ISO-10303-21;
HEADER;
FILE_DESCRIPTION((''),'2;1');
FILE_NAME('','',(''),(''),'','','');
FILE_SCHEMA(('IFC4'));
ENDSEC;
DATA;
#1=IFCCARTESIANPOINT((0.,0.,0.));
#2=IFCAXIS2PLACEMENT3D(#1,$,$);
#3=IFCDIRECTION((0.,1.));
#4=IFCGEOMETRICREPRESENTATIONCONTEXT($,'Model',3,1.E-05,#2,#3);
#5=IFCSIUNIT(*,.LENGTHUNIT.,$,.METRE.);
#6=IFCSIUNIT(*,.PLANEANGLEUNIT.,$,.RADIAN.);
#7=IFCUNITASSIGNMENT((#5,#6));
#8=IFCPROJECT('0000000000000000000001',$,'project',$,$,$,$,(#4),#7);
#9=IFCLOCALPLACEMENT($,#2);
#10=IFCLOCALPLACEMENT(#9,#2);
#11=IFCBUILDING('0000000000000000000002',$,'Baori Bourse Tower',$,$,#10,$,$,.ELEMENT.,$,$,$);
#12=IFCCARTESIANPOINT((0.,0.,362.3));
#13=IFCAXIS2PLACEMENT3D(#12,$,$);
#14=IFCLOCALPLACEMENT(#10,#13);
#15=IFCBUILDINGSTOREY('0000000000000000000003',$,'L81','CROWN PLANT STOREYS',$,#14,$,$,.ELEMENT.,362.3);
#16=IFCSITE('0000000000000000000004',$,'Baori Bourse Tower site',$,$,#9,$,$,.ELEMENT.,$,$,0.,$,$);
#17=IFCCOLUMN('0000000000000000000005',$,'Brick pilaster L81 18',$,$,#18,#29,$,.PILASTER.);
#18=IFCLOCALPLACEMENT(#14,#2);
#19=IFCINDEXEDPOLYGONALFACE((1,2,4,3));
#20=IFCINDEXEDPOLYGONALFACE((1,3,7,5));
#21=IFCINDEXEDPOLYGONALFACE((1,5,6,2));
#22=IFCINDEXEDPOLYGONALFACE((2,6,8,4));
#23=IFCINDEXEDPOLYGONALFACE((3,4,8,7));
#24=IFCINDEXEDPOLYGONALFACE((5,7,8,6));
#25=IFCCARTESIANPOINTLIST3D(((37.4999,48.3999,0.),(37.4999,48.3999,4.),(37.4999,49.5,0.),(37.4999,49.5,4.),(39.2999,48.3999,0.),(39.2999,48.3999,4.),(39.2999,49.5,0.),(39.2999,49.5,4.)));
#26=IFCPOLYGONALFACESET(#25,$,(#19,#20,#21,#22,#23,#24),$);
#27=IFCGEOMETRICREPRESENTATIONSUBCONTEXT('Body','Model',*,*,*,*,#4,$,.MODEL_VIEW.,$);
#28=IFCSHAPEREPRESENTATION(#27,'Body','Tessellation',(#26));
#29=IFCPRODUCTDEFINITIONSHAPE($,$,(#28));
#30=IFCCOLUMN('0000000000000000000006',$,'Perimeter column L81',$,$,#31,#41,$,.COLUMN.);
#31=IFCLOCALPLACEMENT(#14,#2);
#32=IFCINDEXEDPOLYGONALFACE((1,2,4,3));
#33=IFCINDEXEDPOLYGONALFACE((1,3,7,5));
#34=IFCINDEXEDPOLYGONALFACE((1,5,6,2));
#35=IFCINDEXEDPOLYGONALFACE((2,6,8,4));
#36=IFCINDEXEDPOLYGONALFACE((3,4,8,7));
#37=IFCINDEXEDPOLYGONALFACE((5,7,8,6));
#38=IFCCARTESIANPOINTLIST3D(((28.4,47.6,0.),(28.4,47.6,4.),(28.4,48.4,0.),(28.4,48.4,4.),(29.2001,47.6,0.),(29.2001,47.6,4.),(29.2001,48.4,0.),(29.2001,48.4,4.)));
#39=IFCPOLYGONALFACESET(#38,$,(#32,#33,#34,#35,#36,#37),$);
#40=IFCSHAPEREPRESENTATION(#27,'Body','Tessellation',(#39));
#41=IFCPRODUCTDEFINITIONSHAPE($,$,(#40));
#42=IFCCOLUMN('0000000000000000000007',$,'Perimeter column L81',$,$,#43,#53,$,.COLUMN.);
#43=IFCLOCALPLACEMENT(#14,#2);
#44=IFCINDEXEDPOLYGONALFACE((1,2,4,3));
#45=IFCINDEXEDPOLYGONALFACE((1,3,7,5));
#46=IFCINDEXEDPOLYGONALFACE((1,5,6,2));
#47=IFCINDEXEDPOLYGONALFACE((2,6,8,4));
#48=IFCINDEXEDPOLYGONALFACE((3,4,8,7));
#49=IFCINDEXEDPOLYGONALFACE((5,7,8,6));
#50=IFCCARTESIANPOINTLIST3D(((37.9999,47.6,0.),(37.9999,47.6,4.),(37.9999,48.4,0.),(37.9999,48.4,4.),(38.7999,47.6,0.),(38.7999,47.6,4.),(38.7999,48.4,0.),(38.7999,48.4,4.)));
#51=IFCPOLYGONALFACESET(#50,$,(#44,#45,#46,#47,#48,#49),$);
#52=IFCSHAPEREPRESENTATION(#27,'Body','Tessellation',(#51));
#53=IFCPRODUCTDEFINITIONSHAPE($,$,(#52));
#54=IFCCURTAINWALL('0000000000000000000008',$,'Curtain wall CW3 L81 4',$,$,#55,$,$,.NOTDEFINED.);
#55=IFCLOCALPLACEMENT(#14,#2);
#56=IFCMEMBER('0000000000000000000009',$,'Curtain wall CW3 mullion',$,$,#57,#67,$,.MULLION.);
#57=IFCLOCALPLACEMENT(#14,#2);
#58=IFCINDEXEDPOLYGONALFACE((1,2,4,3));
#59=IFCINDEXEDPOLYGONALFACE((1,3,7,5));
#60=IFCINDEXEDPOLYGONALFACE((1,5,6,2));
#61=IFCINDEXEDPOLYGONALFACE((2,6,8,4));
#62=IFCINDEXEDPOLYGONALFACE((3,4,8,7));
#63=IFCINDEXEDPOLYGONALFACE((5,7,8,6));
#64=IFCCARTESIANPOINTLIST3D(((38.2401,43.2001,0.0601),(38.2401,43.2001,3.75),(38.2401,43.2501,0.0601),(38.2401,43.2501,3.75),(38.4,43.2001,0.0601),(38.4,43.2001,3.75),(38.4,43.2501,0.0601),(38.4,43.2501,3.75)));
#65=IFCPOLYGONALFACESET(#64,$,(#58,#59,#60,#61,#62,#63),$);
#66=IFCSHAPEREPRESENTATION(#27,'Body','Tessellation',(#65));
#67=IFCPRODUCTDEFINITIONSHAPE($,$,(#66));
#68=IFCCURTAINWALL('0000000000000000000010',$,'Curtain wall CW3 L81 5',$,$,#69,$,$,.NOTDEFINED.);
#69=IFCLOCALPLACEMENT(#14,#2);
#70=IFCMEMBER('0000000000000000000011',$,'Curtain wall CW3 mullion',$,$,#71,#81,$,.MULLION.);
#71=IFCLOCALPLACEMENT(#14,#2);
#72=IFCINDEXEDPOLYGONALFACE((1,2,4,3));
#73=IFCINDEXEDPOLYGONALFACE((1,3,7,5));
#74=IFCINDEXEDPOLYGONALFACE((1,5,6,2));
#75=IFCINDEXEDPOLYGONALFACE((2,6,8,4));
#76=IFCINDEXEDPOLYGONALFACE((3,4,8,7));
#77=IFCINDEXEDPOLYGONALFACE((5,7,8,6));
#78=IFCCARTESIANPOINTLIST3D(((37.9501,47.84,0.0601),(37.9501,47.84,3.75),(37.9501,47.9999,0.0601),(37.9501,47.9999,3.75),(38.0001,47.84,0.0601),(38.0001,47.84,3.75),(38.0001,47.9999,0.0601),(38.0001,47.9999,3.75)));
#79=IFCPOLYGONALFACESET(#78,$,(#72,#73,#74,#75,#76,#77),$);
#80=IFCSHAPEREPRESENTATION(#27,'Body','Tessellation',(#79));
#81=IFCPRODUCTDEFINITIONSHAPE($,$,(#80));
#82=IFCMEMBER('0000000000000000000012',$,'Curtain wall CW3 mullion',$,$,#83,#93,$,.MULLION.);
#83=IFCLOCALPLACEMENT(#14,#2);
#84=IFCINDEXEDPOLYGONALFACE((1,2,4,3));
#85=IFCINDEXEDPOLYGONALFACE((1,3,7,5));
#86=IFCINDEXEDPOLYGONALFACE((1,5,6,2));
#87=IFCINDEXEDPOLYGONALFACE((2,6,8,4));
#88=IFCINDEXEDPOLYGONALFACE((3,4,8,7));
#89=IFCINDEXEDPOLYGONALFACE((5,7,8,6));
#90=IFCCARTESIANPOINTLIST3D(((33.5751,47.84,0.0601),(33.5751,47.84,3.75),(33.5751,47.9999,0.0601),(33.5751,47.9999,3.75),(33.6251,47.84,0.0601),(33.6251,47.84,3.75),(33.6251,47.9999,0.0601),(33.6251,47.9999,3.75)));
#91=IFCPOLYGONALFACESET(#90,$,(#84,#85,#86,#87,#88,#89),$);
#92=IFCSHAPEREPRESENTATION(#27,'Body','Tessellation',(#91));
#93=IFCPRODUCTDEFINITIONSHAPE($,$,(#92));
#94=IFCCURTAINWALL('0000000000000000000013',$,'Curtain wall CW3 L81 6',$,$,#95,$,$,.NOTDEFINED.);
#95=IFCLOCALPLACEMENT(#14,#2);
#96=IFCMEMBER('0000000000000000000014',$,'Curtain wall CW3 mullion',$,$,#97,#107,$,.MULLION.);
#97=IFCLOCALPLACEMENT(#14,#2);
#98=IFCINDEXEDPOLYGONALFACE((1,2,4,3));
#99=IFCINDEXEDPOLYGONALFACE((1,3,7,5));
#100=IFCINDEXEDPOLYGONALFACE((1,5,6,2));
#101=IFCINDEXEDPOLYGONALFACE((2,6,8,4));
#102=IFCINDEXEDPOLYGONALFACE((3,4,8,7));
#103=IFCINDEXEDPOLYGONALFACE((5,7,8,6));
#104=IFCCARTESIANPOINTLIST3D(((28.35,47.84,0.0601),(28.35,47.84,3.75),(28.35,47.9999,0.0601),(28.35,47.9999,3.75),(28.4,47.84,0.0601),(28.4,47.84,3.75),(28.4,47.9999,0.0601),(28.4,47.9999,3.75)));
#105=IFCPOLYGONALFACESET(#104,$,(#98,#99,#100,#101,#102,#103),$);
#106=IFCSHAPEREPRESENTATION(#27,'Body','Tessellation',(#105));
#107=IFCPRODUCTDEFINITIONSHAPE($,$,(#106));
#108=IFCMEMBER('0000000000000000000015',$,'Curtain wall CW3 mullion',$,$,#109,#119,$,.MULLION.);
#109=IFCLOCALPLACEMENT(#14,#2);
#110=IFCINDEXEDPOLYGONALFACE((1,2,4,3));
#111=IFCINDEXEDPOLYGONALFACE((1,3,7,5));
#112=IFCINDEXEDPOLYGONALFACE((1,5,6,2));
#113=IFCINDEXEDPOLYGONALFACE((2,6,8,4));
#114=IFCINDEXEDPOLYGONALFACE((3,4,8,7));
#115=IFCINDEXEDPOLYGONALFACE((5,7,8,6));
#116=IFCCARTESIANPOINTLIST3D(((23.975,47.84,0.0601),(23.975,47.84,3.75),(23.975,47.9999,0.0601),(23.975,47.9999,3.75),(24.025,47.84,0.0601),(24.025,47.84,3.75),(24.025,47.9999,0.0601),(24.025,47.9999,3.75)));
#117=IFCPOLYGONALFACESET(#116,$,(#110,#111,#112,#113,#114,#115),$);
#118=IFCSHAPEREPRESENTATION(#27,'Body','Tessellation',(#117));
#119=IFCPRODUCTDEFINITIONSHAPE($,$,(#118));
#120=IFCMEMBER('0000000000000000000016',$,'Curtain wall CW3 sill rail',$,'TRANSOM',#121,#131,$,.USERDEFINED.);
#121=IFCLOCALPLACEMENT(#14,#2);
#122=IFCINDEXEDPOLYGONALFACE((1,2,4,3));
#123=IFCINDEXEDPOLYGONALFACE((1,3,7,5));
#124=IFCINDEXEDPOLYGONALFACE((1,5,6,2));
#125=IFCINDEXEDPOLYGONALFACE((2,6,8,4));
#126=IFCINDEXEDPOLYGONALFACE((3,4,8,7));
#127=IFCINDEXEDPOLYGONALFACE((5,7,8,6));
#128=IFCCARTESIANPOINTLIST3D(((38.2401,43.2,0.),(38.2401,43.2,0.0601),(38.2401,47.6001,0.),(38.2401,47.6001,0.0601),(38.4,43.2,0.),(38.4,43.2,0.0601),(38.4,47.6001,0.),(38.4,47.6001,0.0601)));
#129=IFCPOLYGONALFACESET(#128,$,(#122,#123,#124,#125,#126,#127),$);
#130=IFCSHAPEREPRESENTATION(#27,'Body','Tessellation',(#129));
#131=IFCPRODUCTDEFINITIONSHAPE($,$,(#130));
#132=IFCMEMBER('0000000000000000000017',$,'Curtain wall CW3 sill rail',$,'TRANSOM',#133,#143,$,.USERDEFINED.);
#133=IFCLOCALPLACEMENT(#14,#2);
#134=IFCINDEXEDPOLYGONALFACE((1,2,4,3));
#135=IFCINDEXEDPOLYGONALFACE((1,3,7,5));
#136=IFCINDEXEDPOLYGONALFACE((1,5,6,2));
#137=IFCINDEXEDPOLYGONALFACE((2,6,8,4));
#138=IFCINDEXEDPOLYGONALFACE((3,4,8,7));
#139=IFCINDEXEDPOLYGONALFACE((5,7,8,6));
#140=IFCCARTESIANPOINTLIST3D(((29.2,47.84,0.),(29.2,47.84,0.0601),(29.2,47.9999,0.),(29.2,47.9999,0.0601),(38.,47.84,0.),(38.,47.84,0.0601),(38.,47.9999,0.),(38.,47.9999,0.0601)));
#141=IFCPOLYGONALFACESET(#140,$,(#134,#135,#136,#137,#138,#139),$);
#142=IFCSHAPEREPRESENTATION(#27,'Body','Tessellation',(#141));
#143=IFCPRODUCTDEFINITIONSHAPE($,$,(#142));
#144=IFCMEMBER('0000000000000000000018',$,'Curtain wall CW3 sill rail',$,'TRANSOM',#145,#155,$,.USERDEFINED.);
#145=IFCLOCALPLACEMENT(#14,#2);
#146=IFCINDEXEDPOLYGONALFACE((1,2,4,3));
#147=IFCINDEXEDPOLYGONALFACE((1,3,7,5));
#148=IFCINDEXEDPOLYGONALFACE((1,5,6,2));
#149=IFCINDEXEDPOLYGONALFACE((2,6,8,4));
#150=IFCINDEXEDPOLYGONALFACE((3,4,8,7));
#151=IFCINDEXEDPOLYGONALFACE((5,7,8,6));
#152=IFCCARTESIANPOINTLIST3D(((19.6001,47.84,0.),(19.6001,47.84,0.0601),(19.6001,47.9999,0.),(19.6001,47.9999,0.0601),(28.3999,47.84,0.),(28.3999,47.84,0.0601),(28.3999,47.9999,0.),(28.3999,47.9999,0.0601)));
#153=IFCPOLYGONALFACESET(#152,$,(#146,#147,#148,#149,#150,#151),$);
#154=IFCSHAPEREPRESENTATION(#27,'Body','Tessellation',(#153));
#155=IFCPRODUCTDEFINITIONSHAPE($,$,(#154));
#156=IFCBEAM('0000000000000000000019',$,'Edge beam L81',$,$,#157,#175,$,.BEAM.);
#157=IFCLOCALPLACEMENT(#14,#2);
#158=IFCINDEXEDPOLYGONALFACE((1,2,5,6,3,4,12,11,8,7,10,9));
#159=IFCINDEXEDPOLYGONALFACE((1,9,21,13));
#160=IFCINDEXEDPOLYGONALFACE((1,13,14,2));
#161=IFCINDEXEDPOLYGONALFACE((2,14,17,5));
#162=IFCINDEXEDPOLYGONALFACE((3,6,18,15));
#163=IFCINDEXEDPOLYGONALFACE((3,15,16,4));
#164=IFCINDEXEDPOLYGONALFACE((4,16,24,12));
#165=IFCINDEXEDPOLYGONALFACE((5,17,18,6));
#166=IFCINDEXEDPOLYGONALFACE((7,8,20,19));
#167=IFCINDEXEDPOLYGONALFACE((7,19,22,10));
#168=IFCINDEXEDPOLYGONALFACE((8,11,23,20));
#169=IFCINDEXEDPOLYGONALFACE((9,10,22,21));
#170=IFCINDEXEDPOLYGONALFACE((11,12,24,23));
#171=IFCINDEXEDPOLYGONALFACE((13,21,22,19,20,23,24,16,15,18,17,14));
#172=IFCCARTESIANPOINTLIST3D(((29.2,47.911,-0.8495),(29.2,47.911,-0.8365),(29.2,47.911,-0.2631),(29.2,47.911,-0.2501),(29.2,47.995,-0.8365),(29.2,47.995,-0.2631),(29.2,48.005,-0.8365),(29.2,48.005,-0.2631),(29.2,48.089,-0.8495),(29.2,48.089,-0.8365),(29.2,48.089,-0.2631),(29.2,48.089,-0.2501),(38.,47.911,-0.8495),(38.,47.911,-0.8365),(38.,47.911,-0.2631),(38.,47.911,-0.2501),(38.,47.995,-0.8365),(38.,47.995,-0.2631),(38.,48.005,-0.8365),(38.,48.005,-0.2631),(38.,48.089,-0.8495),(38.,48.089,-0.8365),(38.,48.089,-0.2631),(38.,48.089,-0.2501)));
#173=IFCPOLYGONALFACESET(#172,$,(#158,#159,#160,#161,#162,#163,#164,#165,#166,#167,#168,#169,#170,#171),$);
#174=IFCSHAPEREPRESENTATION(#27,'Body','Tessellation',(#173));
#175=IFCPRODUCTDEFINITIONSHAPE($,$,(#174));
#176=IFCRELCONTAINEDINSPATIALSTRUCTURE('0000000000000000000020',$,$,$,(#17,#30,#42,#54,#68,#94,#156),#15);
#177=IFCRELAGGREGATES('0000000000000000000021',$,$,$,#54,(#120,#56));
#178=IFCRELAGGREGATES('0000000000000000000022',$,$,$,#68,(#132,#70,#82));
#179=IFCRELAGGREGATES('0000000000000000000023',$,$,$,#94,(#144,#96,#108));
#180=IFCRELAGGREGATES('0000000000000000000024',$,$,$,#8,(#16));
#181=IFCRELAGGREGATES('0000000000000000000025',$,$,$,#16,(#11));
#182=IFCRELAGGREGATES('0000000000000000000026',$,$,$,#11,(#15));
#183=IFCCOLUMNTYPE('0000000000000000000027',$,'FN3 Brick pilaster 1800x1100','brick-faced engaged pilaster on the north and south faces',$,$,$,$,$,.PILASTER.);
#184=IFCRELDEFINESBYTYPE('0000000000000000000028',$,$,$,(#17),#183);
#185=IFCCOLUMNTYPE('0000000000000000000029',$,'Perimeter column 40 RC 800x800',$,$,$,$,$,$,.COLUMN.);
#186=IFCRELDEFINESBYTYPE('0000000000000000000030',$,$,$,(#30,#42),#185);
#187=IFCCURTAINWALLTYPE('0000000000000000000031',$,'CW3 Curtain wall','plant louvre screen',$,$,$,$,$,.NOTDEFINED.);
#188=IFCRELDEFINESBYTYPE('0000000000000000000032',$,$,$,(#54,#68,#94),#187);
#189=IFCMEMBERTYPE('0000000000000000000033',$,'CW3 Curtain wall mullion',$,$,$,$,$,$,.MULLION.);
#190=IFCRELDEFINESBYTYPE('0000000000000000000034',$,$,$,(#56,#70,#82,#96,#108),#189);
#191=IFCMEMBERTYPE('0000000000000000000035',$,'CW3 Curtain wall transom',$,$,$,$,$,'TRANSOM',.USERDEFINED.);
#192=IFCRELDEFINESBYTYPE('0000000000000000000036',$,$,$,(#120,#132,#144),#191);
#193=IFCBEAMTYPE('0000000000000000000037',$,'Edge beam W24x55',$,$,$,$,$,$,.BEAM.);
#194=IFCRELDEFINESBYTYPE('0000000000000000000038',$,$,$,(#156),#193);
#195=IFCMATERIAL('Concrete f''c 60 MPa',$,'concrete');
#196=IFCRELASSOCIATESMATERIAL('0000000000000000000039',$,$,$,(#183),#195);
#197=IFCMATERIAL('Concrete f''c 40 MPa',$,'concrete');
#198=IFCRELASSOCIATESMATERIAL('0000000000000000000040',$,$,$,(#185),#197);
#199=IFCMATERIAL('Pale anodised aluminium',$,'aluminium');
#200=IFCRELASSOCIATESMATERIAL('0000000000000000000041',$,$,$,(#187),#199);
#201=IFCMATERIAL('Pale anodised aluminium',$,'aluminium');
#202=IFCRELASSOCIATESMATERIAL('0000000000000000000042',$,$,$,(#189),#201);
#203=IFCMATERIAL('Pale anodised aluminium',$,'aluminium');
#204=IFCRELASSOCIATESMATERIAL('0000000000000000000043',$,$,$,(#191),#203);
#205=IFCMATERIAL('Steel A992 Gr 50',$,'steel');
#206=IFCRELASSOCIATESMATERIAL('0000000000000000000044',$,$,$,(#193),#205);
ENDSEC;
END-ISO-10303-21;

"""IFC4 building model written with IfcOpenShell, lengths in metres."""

from ifc_helpers import new_model, si_unit, direction, frame, origin, origin_2d, place, context, subcontext, project, spatial, rectangle, i_section, extrude, material, material_profile, profile_set, type_object, element, aggregate, save


model = new_model("IFC4")

# Units and contexts
model_context = context("Model", 3, precision=1e-05, world=origin(), true_north=direction((0.0, 1.0)))
body_context = subcontext(model_context, "Body", "Model", "MODEL_VIEW")
ifc_project = project(units=[si_unit("LENGTHUNIT", "METRE"), si_unit("PLANEANGLEUNIT", "RADIAN")], contexts=[model_context])

# Site, building, storey
site_placement = place(None, origin())
site = spatial("IfcSite", under=ifc_project, at=site_placement, Name="Baori Bourse Tower site", CompositionType="ELEMENT", RefElevation=0.0)
building_placement = place(site_placement, origin())
building = spatial("IfcBuilding", under=site, at=building_placement, Name="Baori Bourse Tower", CompositionType="ELEMENT")
storey_placement = place(building_placement, frame((0.0, 0.0, 362.3)))
storey = spatial("IfcBuildingStorey", under=building, at=storey_placement, Name="L81", Description="CROWN PLANT STOREYS", CompositionType="ELEMENT", Elevation=362.3)

# Columns
ifc_material_1 = material(Name="Concrete f'c 60 MPa", Category="concrete")
ifc_material_profile_1 = material_profile(ifc_material_1, rectangle(XDim=1.8, YDim=1.1001, at=origin_2d()), Name="RC 1800x1100")
ifc_profile_set_1 = profile_set([ifc_material_profile_1], Name="Concrete f'c 60 MPa")
column_type_1 = type_object("IfcColumnType", Name="FN3 Brick pilaster 1800x1100", Description="brick-faced engaged pilaster on the north and south faces", PredefinedType="PILASTER", material=ifc_profile_set_1)
column_placement = place(storey_placement, frame((38.3999, 48.95, 0.0), z_axis=(0.0, 0.0, 1.0), x_axis=(1.0, 0.0, 0.0)))
element("IfcColumn", 1, at=column_placement, inside=storey, type_object=column_type_1, Name="Brick pilaster L81 18", PredefinedType="PILASTER", context=body_context, shape_type="SweptSolid", body=[
    extrude(rectangle(XDim=1.8, YDim=1.1001, at=origin_2d()), origin(), (0.0, 0.0, 1.0), 4.0),
])
ifc_material_2 = material(Name="Concrete f'c 40 MPa", Category="concrete")
ifc_material_profile_2 = material_profile(ifc_material_2, rectangle(XDim=0.8, YDim=0.8, at=origin_2d()), Name="RC 800x800")
ifc_profile_set_2 = profile_set([ifc_material_profile_2], Name="Concrete f'c 40 MPa")
column_type_2 = type_object("IfcColumnType", Name="Perimeter column 40 RC 800x800", PredefinedType="COLUMN", material=ifc_profile_set_2)
for number, where, z_axis, x_axis, name in (
    (2, (28.8, 48.0, 0.0), (0.0, 0.0, 1.0), (1.0, 0.0, 0.0), "Perimeter column L81"),
    (3, (38.3999, 48.0, 0.0), (0.0, 0.0, 1.0), (1.0, 0.0, 0.0), "Perimeter column L81"),
):
    element("IfcColumn", number, at=place(storey_placement, frame(where, z_axis=z_axis, x_axis=x_axis)), inside=storey, type_object=column_type_2, Name=name, PredefinedType="COLUMN", context=body_context, shape_type="SweptSolid", body=[
        extrude(rectangle(XDim=0.8, YDim=0.8, at=origin_2d()), origin(), (0.0, 0.0, 1.0), 4.0),
    ])

# Curtain wall, member
ifc_material_3 = material(Name="Pale anodised aluminium", Category="aluminium")
curtain_wall_type = type_object("IfcCurtainWallType", Name="CW3 Curtain wall", Description="plant louvre screen", PredefinedType="NOTDEFINED", material=ifc_material_3)
curtain_wall_1_placement = place(storey_placement, origin())
curtain_wall_1 = element("IfcCurtainWall", 4, at=curtain_wall_1_placement, inside=storey, type_object=curtain_wall_type, Name="Curtain wall CW3 L81 4", PredefinedType="NOTDEFINED")
ifc_material_4 = material(Name="Pale anodised aluminium", Category="aluminium")
ifc_material_profile_3 = material_profile(ifc_material_4, rectangle(XDim=0.1599, YDim=0.05, at=origin_2d()), Name="Mullion 50x160")
ifc_profile_set_3 = profile_set([ifc_material_profile_3], Name="Pale anodised aluminium")
member_type_1 = type_object("IfcMemberType", Name="CW3 Curtain wall mullion", PredefinedType="MULLION", material=ifc_profile_set_3)
member_1_placement = place(storey_placement, frame((38.3201, 43.2251, 0.0601), z_axis=(0.0, 0.0, 1.0), x_axis=(-1.0, 0.0, 0.0)))
member_1 = element("IfcMember", 5, at=member_1_placement, type_object=member_type_1, Name="Curtain wall CW3 mullion", PredefinedType="MULLION", context=body_context, shape_type="SweptSolid", body=[
    extrude(rectangle(XDim=0.1599, YDim=0.05, at=origin_2d()), origin(), (0.0, 0.0, 1.0), 3.6899),
])

# Curtain walls, members
curtain_wall_2_placement = place(storey_placement, origin())
curtain_wall_2 = element("IfcCurtainWall", 6, at=curtain_wall_2_placement, inside=storey, type_object=curtain_wall_type, Name="Curtain wall CW3 L81 5", PredefinedType="NOTDEFINED")
member_2_placement = place(storey_placement, frame((37.9751, 47.9199, 0.0601), z_axis=(0.0, 0.0, 1.0), x_axis=(0.0, -1.0, 0.0)))
member_2 = element("IfcMember", 7, at=member_2_placement, type_object=member_type_1, Name="Curtain wall CW3 mullion", PredefinedType="MULLION", context=body_context, shape_type="SweptSolid", body=[
    extrude(rectangle(XDim=0.1599, YDim=0.05, at=origin_2d()), origin(), (0.0, 0.0, 1.0), 3.6899),
])
member_3_placement = place(storey_placement, frame((33.6001, 47.9199, 0.0601), z_axis=(0.0, 0.0, 1.0), x_axis=(0.0, -1.0, 0.0)))
member_3 = element("IfcMember", 8, at=member_3_placement, type_object=member_type_1, Name="Curtain wall CW3 mullion", PredefinedType="MULLION", context=body_context, shape_type="SweptSolid", body=[
    extrude(rectangle(XDim=0.1599, YDim=0.05, at=origin_2d()), origin(), (0.0, 0.0, 1.0), 3.6899),
])
curtain_wall_3_placement = place(storey_placement, origin())
curtain_wall_3 = element("IfcCurtainWall", 9, at=curtain_wall_3_placement, inside=storey, type_object=curtain_wall_type, Name="Curtain wall CW3 L81 6", PredefinedType="NOTDEFINED")
member_4_placement = place(storey_placement, frame((28.375, 47.9199, 0.0601), z_axis=(0.0, 0.0, 1.0), x_axis=(0.0, -1.0, 0.0)))
member_4 = element("IfcMember", 10, at=member_4_placement, type_object=member_type_1, Name="Curtain wall CW3 mullion", PredefinedType="MULLION", context=body_context, shape_type="SweptSolid", body=[
    extrude(rectangle(XDim=0.1599, YDim=0.05, at=origin_2d()), origin(), (0.0, 0.0, 1.0), 3.6899),
])
member_5_placement = place(storey_placement, frame((24.0, 47.9199, 0.0601), z_axis=(0.0, 0.0, 1.0), x_axis=(0.0, -1.0, 0.0)))
member_5 = element("IfcMember", 11, at=member_5_placement, type_object=member_type_1, Name="Curtain wall CW3 mullion", PredefinedType="MULLION", context=body_context, shape_type="SweptSolid", body=[
    extrude(rectangle(XDim=0.1599, YDim=0.05, at=origin_2d()), origin(), (0.0, 0.0, 1.0), 3.6899),
])

# Members
ifc_material_5 = material(Name="Pale anodised aluminium", Category="aluminium")
ifc_material_profile_4 = material_profile(ifc_material_5, rectangle(XDim=0.1599, YDim=0.0601, at=origin_2d()), Name="Transom 60x160")
ifc_profile_set_4 = profile_set([ifc_material_profile_4], Name="Pale anodised aluminium")
member_type_2 = type_object("IfcMemberType", Name="CW3 Curtain wall transom", ElementType="TRANSOM", PredefinedType="USERDEFINED", material=ifc_profile_set_4)
member_6_placement = place(storey_placement, frame((38.3201, 43.2, 0.03), z_axis=(0.0, 1.0, 0.0), x_axis=(-1.0, 0.0, 0.0)))
member_6 = element("IfcMember", 12, at=member_6_placement, type_object=member_type_2, Name="Curtain wall CW3 sill rail", ObjectType="TRANSOM", PredefinedType="USERDEFINED", context=body_context, shape_type="SweptSolid", body=[
    extrude(rectangle(XDim=0.1599, YDim=0.0601, at=origin_2d()), origin(), (0.0, 0.0, 1.0), 4.4001),
])
member_7_placement = place(storey_placement, frame((38.0, 47.9199, 0.03), z_axis=(-1.0, 0.0, 0.0), x_axis=(0.0, -1.0, 0.0)))
member_7 = element("IfcMember", 13, at=member_7_placement, type_object=member_type_2, Name="Curtain wall CW3 sill rail", ObjectType="TRANSOM", PredefinedType="USERDEFINED", context=body_context, shape_type="SweptSolid", body=[
    extrude(rectangle(XDim=0.1599, YDim=0.0601, at=origin_2d()), origin(), (0.0, 0.0, 1.0), 8.8),
])
member_8_placement = place(storey_placement, frame((28.3999, 47.9199, 0.03), z_axis=(-1.0, 0.0, 0.0), x_axis=(0.0, -1.0, 0.0)))
member_8 = element("IfcMember", 14, at=member_8_placement, type_object=member_type_2, Name="Curtain wall CW3 sill rail", ObjectType="TRANSOM", PredefinedType="USERDEFINED", context=body_context, shape_type="SweptSolid", body=[
    extrude(rectangle(XDim=0.1599, YDim=0.0601, at=origin_2d()), origin(), (0.0, 0.0, 1.0), 8.7998),
])

# Beam
ifc_material_6 = material(Name="Steel A992 Gr 50", Category="steel")
ifc_material_profile_5 = material_profile(ifc_material_6, i_section(OverallWidth=0.178, OverallDepth=0.5994, WebThickness=0.01, FlangeThickness=0.0129, at=origin_2d()), Name="W24x55")
ifc_profile_set_5 = profile_set([ifc_material_profile_5], Name="Steel A992 Gr 50")
beam_type_1 = type_object("IfcBeamType", Name="Edge beam W24x55", PredefinedType="BEAM", material=ifc_profile_set_5)
beam_1_placement = place(storey_placement, frame((29.2, 48.0, -0.5498), z_axis=(1.0, 0.0, 0.0), x_axis=(0.0, 1.0, 0.0)))
element("IfcBeam", 15, at=beam_1_placement, inside=storey, type_object=beam_type_1, Name="Edge beam L81", PredefinedType="BEAM", context=body_context, shape_type="SweptSolid", body=[
    extrude(i_section(OverallWidth=0.178, OverallDepth=0.5994, WebThickness=0.01, FlangeThickness=0.0129, at=origin_2d()), origin(), (0.0, 0.0, 1.0), 8.8),
])

aggregate(curtain_wall_1, [member_6, member_1])
aggregate(curtain_wall_2, [member_7, member_2, member_3])
aggregate(curtain_wall_3, [member_8, member_4, member_5])

save(model, "model.ifc")
